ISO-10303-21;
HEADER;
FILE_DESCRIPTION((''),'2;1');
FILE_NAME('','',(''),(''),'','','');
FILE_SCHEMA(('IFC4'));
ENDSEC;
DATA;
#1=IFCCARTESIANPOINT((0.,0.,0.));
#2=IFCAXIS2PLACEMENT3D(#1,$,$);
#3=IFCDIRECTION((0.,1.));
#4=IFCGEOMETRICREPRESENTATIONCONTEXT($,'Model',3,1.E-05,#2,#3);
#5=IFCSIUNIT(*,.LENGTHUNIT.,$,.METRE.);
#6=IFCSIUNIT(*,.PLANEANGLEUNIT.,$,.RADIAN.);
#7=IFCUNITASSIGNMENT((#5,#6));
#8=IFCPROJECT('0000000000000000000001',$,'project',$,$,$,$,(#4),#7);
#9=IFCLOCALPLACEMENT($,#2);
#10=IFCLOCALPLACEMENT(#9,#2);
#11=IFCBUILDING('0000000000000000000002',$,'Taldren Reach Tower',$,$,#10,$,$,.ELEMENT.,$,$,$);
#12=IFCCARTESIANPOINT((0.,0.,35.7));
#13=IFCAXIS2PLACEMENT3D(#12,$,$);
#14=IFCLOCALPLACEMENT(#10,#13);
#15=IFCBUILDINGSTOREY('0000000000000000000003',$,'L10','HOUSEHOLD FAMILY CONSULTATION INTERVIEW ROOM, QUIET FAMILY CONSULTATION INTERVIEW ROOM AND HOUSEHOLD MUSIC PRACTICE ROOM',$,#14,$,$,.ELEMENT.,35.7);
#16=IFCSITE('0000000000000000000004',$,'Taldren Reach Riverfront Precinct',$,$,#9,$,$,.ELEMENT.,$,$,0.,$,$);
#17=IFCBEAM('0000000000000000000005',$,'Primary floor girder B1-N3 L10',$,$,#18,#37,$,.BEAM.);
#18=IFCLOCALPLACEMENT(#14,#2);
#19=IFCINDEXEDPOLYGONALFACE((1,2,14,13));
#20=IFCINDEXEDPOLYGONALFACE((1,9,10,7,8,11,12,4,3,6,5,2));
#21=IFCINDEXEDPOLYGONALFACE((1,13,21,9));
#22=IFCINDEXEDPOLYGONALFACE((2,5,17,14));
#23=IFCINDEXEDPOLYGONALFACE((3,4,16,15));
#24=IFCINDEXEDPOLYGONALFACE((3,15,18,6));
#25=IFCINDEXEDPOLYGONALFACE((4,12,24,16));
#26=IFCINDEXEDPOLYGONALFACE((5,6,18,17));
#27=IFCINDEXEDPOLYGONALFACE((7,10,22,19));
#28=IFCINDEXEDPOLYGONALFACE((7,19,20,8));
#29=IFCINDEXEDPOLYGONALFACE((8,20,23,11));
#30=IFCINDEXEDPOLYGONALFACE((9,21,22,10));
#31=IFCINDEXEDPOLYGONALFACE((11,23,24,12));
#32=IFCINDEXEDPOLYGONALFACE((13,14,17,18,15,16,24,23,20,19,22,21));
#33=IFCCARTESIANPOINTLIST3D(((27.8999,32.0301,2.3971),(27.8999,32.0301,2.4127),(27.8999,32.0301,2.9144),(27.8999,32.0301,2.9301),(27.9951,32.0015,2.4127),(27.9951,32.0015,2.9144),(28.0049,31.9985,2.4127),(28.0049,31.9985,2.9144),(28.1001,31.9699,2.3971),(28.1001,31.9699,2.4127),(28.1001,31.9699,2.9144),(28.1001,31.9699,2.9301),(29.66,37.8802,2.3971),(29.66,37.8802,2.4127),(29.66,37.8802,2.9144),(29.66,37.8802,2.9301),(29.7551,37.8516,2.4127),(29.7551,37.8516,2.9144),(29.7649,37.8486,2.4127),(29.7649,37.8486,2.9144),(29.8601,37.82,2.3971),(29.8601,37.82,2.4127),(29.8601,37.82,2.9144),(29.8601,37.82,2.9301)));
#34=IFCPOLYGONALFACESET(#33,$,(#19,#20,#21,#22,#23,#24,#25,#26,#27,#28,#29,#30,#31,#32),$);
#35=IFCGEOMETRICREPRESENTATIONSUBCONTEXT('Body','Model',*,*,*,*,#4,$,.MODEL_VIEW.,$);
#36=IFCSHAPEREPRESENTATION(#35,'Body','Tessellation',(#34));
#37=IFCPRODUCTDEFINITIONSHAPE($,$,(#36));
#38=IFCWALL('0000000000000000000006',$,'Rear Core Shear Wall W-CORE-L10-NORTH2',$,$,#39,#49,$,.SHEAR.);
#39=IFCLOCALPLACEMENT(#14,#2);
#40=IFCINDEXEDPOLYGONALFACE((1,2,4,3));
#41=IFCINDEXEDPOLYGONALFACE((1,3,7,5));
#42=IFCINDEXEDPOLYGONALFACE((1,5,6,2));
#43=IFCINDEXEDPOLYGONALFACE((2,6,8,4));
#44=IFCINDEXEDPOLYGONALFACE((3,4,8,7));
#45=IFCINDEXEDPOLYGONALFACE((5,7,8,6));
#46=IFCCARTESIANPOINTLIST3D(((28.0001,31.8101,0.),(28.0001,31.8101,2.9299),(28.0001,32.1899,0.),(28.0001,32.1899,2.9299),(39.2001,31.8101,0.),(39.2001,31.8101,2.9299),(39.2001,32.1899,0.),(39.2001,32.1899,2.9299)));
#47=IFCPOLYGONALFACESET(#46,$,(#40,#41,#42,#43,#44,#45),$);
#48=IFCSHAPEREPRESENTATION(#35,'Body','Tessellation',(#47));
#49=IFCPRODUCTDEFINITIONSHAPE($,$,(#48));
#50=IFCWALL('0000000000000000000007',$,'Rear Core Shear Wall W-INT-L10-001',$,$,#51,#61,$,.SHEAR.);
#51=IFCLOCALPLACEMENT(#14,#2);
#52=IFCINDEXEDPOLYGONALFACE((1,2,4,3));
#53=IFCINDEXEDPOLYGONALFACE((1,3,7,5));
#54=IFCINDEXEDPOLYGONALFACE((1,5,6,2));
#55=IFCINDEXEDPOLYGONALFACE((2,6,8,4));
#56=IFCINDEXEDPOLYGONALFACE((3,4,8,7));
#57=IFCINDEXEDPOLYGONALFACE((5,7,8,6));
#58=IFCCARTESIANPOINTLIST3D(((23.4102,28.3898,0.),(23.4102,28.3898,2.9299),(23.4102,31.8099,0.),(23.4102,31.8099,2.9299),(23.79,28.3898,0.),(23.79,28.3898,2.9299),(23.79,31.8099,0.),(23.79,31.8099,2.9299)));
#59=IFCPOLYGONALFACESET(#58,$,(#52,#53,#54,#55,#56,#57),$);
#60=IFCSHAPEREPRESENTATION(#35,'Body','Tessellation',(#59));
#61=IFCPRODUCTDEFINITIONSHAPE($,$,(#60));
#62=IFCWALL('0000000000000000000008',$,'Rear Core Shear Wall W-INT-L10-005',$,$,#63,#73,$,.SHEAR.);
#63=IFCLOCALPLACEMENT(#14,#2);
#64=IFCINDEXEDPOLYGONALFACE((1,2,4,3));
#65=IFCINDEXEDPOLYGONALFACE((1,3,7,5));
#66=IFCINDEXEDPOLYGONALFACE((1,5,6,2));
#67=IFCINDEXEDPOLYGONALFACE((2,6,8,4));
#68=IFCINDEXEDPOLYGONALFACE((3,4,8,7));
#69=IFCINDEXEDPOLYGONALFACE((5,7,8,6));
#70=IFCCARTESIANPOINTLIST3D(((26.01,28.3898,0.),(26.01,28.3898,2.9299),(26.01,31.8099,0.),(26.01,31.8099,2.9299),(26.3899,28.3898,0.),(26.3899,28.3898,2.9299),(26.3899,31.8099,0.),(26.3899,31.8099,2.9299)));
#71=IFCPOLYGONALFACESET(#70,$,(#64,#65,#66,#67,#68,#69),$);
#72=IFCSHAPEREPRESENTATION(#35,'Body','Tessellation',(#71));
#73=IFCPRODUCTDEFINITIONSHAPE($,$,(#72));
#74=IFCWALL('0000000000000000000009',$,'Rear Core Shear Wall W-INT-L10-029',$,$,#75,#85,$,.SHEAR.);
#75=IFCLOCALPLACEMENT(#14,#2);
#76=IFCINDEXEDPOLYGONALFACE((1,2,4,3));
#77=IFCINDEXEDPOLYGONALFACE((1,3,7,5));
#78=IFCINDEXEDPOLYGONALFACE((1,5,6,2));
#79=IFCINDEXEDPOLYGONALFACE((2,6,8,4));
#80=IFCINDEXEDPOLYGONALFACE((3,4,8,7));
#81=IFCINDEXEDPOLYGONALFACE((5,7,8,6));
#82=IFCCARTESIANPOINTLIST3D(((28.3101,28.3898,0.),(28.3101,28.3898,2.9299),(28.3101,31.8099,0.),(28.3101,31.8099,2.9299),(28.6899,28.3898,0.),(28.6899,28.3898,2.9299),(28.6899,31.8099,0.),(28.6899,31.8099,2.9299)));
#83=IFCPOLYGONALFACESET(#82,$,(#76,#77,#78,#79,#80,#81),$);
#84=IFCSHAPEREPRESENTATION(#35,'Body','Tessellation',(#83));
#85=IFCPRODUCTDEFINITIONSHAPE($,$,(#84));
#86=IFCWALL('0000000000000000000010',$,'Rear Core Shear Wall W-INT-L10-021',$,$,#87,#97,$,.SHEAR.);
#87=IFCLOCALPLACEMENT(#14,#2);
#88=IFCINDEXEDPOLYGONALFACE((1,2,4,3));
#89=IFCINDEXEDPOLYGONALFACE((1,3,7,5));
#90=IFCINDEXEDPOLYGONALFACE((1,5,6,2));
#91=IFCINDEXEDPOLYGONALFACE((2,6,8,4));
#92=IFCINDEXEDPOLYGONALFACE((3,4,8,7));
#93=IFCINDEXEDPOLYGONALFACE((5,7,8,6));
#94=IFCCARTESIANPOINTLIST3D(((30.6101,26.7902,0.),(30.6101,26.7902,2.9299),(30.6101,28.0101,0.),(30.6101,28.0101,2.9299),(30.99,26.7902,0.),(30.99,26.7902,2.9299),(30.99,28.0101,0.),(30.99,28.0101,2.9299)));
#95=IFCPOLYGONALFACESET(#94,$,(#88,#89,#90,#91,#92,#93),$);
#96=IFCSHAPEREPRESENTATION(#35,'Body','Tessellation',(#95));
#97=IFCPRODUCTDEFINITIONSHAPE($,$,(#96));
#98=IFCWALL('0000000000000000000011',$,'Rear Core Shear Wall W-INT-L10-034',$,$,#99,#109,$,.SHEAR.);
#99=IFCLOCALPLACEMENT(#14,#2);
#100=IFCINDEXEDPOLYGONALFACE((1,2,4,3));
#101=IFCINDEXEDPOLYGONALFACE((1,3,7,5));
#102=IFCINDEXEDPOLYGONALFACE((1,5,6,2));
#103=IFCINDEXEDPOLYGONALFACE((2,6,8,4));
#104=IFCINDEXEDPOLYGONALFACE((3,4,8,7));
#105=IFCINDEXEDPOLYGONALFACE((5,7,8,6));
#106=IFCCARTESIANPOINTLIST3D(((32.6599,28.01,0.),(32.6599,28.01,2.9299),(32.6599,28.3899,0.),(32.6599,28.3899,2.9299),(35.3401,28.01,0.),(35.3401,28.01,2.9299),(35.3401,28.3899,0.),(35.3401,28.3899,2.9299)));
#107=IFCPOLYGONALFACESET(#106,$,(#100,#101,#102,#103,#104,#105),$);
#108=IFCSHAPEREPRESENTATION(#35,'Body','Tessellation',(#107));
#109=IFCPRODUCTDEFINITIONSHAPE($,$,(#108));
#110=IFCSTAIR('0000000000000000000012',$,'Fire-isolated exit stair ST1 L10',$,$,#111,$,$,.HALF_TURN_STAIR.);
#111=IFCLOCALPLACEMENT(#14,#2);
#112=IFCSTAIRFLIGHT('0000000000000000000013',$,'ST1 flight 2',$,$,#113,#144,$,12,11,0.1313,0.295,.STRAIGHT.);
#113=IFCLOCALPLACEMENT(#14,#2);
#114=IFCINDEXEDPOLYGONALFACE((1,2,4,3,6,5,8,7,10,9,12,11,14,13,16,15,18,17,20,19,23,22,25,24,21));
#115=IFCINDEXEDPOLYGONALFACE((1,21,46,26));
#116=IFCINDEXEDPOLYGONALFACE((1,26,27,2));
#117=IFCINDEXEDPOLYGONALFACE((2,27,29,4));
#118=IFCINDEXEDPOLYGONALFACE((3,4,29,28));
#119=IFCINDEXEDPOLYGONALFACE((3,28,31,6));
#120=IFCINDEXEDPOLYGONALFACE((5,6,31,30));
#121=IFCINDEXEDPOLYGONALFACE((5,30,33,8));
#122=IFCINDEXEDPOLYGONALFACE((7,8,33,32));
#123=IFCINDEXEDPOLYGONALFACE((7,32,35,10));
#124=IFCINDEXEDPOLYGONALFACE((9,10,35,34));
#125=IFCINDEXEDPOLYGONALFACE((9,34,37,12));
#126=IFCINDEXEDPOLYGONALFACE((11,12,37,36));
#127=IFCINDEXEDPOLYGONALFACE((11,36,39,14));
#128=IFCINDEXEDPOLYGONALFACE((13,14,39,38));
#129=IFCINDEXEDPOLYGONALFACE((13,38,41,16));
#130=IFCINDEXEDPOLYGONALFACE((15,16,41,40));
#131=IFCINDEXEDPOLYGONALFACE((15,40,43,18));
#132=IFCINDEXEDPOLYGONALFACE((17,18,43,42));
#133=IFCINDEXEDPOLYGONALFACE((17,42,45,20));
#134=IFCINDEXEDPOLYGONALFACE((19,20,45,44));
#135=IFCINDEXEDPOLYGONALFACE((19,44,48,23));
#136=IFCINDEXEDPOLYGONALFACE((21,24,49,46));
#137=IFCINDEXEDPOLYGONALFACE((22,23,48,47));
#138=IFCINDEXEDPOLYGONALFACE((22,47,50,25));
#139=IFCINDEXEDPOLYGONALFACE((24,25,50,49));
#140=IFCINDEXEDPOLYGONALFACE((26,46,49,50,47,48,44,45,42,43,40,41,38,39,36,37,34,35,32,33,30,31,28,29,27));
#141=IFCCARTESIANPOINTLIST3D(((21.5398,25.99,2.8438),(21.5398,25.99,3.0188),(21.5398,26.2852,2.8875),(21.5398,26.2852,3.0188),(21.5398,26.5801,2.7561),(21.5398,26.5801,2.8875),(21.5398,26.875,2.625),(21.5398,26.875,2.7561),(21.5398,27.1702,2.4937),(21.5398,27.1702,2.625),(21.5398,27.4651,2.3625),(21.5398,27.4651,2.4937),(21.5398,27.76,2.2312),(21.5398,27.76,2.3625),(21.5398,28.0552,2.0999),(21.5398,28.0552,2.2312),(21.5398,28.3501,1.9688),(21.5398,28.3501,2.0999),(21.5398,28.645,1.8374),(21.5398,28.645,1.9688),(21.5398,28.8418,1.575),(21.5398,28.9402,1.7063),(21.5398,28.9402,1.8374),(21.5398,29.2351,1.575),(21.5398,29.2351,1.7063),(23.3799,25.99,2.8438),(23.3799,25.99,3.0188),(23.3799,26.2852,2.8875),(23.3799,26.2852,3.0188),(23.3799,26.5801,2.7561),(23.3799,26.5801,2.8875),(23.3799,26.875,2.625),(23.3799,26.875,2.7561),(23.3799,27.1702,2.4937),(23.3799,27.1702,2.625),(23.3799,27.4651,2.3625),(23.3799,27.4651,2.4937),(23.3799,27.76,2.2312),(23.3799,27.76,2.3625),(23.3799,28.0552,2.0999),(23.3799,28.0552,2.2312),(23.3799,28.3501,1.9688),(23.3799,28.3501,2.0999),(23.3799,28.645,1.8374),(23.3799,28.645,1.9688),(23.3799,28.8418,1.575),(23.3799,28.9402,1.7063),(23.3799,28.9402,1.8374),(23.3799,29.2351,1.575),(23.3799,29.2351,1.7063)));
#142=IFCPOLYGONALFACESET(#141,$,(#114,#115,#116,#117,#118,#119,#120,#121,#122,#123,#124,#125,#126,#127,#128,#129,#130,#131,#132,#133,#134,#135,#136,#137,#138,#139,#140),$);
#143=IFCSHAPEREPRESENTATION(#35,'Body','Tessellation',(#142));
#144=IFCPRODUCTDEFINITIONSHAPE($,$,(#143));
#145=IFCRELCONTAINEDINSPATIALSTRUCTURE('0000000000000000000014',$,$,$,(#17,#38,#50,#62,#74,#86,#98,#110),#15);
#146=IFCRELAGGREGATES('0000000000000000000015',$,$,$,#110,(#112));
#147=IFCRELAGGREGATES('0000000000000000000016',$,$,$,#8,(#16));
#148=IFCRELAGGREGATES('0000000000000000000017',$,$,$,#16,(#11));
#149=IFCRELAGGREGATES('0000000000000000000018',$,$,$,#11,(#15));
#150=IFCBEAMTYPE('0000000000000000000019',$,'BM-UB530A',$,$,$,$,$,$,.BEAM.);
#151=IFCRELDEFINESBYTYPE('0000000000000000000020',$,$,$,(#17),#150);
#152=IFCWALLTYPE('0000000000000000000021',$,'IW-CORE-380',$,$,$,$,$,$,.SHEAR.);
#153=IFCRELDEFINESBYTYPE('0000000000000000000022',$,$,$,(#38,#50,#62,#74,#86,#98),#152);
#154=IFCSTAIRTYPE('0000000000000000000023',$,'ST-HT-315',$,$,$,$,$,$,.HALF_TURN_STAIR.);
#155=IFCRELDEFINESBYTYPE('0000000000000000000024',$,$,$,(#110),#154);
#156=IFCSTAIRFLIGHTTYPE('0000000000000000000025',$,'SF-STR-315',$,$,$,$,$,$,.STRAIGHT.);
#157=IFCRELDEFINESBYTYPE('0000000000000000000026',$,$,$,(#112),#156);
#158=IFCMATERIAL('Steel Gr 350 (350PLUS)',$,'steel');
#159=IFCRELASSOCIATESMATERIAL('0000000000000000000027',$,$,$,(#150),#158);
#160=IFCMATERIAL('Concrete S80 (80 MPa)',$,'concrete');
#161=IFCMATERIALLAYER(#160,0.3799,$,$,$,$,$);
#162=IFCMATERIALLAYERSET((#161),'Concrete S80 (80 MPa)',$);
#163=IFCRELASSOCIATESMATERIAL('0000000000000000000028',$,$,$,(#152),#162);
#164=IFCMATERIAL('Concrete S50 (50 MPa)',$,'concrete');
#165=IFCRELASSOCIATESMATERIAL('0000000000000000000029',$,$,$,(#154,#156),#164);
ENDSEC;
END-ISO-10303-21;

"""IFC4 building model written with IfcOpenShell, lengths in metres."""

from ifc_helpers import new_model, si_unit, direction, frame, frame_2d, origin, origin_2d, place, context, subcontext, project, spatial, polyline, rectangle, i_section, outline, extrude, source, transform, mapped, material, layer, layer_set, material_profile, profile_set, type_object, element, aggregate, save


model = new_model("IFC4")

# Units and contexts
model_context = context("Model", 3, precision=1e-05, world=origin(), true_north=direction((0.0, 1.0)))
body_context = subcontext(model_context, "Body", "Model", "MODEL_VIEW")
ifc_project = project(units=[si_unit("LENGTHUNIT", "METRE"), si_unit("PLANEANGLEUNIT", "RADIAN")], contexts=[model_context])

# Site, building, storey
site_placement = place(None, origin())
site = spatial("IfcSite", under=ifc_project, at=site_placement, Name="Taldren Reach Riverfront Precinct", CompositionType="ELEMENT", RefElevation=0.0)
building_placement = place(site_placement, origin())
building = spatial("IfcBuilding", under=site, at=building_placement, Name="Taldren Reach Tower", CompositionType="ELEMENT")
storey_placement = place(building_placement, frame((0.0, 0.0, 35.7)))
storey = spatial("IfcBuildingStorey", under=building, at=storey_placement, Name="L10", Description="HOUSEHOLD FAMILY CONSULTATION INTERVIEW ROOM, QUIET FAMILY CONSULTATION INTERVIEW ROOM AND HOUSEHOLD MUSIC PRACTICE ROOM", CompositionType="ELEMENT", Elevation=35.7)

# Shared definitions
ifc_material_1 = material(Name="Steel Gr 350 (350PLUS)", Category="steel")

# Beam
ifc_material_profile_1 = material_profile(ifc_material_1, i_section(OverallWidth=0.209, OverallDepth=0.533, WebThickness=0.0103, FlangeThickness=0.0156, at=origin_2d()), Name="530UB92.4")
ifc_profile_set_1 = profile_set([ifc_material_profile_1], Name="Steel Gr 350 (350PLUS)")
beam_type_1 = type_object("IfcBeamType", Name="BM-UB530A", PredefinedType="BEAM", material=ifc_profile_set_1)
shared_shape_1 = source(origin(), body_context, "Body", "SweptSolid", [
    extrude(i_section(OverallWidth=0.209, OverallDepth=0.533, WebThickness=0.0103, FlangeThickness=0.0156, at=origin_2d()), origin(), (0.0, 0.0, 1.0), 6.1091),
])
beam_1_placement = place(storey_placement, frame((28.0, 32.0, 2.6636), z_axis=(0.288096, 0.957602, 0.0), x_axis=(-0.957602, 0.288096, 0.0)))
element("IfcBeam", 1, at=beam_1_placement, inside=storey, type_object=beam_type_1, Name="Primary floor girder B1-N3 L10", PredefinedType="BEAM", context=body_context, shape_type="MappedRepresentation", body=[
    mapped(shared_shape_1, transform((0.0, 0.0, 0.0), scale=1.0)),
])

# Walls
ifc_material_2 = material(Name="Concrete S80 (80 MPa)", Category="concrete")
ifc_layer_1 = layer(ifc_material_2, 0.3799)
ifc_layer_set_1 = layer_set([ifc_layer_1], Name="Concrete S80 (80 MPa)")
wall_type = type_object("IfcWallType", Name="IW-CORE-380", PredefinedType="SHEAR", material=ifc_layer_set_1)
shared_shape_2 = source(origin(), body_context, "Body", "SweptSolid", [
    extrude(rectangle(XDim=11.2, YDim=0.3799, at=frame_2d((5.6001, 0.0))), origin(), (0.0, 0.0, 1.0), 2.9299),
])
wall_1_placement = place(storey_placement, frame((28.0, 32.0, 0.0), z_axis=(0.0, 0.0, 1.0), x_axis=(1.0, 0.0, 0.0)))
element("IfcWall", 2, at=wall_1_placement, inside=storey, type_object=wall_type, Name="Rear Core Shear Wall W-CORE-L10-NORTH2", PredefinedType="SHEAR", context=body_context, shape_type="MappedRepresentation", body=[
    mapped(shared_shape_2, transform((0.0, 0.0, 0.0), scale=1.0)),
])
shared_shape_3 = source(origin(), body_context, "Body", "SweptSolid", [
    extrude(rectangle(XDim=3.4202, YDim=0.3799, at=frame_2d((1.71, 0.0))), origin(), (0.0, 0.0, 1.0), 2.9299),
])
for number, where, z_axis, x_axis, name in (
    (3, (23.6001, 28.3899, 0.0), (0.0, 0.0, 1.0), (0.0, 1.0, 0.0), "Rear Core Shear Wall W-INT-L10-001"),
    (4, (26.2, 28.3899, 0.0), (0.0, 0.0, 1.0), (0.0, 1.0, 0.0), "Rear Core Shear Wall W-INT-L10-005"),
    (5, (28.5, 28.3899, 0.0), (0.0, 0.0, 1.0), (0.0, 1.0, 0.0), "Rear Core Shear Wall W-INT-L10-029"),
):
    element("IfcWall", number, at=place(storey_placement, frame(where, z_axis=z_axis, x_axis=x_axis)), inside=storey, type_object=wall_type, Name=name, PredefinedType="SHEAR", context=body_context, shape_type="MappedRepresentation", body=[
        mapped(shared_shape_3, transform((0.0, 0.0, 0.0), scale=1.0)),
    ])

# Wall
shared_shape_4 = source(origin(), body_context, "Body", "SweptSolid", [
    extrude(rectangle(XDim=1.22, YDim=0.3799, at=frame_2d((0.6099, 0.0))), origin(), (0.0, 0.0, 1.0), 2.9299),
])
wall_2_placement = place(storey_placement, frame((30.8, 28.01, 0.0), z_axis=(0.0, 0.0, 1.0), x_axis=(0.0, -1.0, 0.0)))
element("IfcWall", 6, at=wall_2_placement, inside=storey, type_object=wall_type, Name="Rear Core Shear Wall W-INT-L10-021", PredefinedType="SHEAR", context=body_context, shape_type="MappedRepresentation", body=[
    mapped(shared_shape_4, transform((0.0, 0.0, 0.0), scale=1.0)),
])

# Wall
shared_shape_5 = source(origin(), body_context, "Body", "SweptSolid", [
    extrude(rectangle(XDim=2.6802, YDim=0.3799, at=frame_2d((1.3401, 0.0))), origin(), (0.0, 0.0, 1.0), 2.9299),
])
wall_3_placement = place(storey_placement, frame((32.6599, 28.2, 0.0), z_axis=(0.0, 0.0, 1.0), x_axis=(1.0, 0.0, 0.0)))
element("IfcWall", 7, at=wall_3_placement, inside=storey, type_object=wall_type, Name="Rear Core Shear Wall W-INT-L10-034", PredefinedType="SHEAR", context=body_context, shape_type="MappedRepresentation", body=[
    mapped(shared_shape_5, transform((0.0, 0.0, 0.0), scale=1.0)),
])

# Stair, stair flight
ifc_material_3 = material(Name="Concrete S50 (50 MPa)", Category="concrete")
stair_type = type_object("IfcStairType", Name="ST-HT-315", PredefinedType="HALF_TURN_STAIR", material=ifc_material_3)
stair_placement = place(storey_placement, origin())
stair = element("IfcStair", 8, at=stair_placement, inside=storey, type_object=stair_type, Name="Fire-isolated exit stair ST1 L10", PredefinedType="HALF_TURN_STAIR")
stair_flight_type = type_object("IfcStairFlightType", Name="SF-STR-315", PredefinedType="STRAIGHT", material=ifc_material_3)
stair_flight_placement = place(storey_placement, frame((22.46, 29.2351, 1.575), z_axis=(0.0, 0.0, 1.0), x_axis=(0.0, -1.0, 0.0)))
stair_flight = element("IfcStairFlight", 9, at=stair_flight_placement, type_object=stair_flight_type, Name="ST1 flight 2", NumberOfRisers=12, NumberOfTreads=11, PredefinedType="STRAIGHT", RiserHeight=0.1313, TreadLength=0.295, context=body_context, shape_type="SweptSolid", body=[
    extrude(outline(polyline([(0.0, 0.0), (0.0, 0.1313), (0.2949, 0.1313), (0.2949, 0.2625), (0.5901, 0.2625), (0.5901, 0.3938), (0.885, 0.3938), (0.885, 0.5249), (1.1799, 0.5249), (1.1799, 0.6562), (1.4751, 0.6562), (1.4751, 0.7876), (1.77, 0.7876), (1.77, 0.9187), (2.0649, 0.9187), (2.0649, 1.05), (2.3601, 1.05), (2.3601, 1.1812), (2.655, 1.1812), (2.655, 1.3125), (2.95, 1.3125), (2.95, 1.4438), (3.2451, 1.4438), (3.2451, 1.575), (3.2451, 1.2688), (0.3933, 0.0), (0.0, 0.0)])), frame((0.0, 0.9199, 0.0), z_axis=(0.0, -1.0, 0.0), x_axis=(1.0, 0.0, 0.0)), (0.0, 0.0, 1.0), 1.8401),
])
aggregate(stair, [stair_flight])

save(model, "model.ifc")
